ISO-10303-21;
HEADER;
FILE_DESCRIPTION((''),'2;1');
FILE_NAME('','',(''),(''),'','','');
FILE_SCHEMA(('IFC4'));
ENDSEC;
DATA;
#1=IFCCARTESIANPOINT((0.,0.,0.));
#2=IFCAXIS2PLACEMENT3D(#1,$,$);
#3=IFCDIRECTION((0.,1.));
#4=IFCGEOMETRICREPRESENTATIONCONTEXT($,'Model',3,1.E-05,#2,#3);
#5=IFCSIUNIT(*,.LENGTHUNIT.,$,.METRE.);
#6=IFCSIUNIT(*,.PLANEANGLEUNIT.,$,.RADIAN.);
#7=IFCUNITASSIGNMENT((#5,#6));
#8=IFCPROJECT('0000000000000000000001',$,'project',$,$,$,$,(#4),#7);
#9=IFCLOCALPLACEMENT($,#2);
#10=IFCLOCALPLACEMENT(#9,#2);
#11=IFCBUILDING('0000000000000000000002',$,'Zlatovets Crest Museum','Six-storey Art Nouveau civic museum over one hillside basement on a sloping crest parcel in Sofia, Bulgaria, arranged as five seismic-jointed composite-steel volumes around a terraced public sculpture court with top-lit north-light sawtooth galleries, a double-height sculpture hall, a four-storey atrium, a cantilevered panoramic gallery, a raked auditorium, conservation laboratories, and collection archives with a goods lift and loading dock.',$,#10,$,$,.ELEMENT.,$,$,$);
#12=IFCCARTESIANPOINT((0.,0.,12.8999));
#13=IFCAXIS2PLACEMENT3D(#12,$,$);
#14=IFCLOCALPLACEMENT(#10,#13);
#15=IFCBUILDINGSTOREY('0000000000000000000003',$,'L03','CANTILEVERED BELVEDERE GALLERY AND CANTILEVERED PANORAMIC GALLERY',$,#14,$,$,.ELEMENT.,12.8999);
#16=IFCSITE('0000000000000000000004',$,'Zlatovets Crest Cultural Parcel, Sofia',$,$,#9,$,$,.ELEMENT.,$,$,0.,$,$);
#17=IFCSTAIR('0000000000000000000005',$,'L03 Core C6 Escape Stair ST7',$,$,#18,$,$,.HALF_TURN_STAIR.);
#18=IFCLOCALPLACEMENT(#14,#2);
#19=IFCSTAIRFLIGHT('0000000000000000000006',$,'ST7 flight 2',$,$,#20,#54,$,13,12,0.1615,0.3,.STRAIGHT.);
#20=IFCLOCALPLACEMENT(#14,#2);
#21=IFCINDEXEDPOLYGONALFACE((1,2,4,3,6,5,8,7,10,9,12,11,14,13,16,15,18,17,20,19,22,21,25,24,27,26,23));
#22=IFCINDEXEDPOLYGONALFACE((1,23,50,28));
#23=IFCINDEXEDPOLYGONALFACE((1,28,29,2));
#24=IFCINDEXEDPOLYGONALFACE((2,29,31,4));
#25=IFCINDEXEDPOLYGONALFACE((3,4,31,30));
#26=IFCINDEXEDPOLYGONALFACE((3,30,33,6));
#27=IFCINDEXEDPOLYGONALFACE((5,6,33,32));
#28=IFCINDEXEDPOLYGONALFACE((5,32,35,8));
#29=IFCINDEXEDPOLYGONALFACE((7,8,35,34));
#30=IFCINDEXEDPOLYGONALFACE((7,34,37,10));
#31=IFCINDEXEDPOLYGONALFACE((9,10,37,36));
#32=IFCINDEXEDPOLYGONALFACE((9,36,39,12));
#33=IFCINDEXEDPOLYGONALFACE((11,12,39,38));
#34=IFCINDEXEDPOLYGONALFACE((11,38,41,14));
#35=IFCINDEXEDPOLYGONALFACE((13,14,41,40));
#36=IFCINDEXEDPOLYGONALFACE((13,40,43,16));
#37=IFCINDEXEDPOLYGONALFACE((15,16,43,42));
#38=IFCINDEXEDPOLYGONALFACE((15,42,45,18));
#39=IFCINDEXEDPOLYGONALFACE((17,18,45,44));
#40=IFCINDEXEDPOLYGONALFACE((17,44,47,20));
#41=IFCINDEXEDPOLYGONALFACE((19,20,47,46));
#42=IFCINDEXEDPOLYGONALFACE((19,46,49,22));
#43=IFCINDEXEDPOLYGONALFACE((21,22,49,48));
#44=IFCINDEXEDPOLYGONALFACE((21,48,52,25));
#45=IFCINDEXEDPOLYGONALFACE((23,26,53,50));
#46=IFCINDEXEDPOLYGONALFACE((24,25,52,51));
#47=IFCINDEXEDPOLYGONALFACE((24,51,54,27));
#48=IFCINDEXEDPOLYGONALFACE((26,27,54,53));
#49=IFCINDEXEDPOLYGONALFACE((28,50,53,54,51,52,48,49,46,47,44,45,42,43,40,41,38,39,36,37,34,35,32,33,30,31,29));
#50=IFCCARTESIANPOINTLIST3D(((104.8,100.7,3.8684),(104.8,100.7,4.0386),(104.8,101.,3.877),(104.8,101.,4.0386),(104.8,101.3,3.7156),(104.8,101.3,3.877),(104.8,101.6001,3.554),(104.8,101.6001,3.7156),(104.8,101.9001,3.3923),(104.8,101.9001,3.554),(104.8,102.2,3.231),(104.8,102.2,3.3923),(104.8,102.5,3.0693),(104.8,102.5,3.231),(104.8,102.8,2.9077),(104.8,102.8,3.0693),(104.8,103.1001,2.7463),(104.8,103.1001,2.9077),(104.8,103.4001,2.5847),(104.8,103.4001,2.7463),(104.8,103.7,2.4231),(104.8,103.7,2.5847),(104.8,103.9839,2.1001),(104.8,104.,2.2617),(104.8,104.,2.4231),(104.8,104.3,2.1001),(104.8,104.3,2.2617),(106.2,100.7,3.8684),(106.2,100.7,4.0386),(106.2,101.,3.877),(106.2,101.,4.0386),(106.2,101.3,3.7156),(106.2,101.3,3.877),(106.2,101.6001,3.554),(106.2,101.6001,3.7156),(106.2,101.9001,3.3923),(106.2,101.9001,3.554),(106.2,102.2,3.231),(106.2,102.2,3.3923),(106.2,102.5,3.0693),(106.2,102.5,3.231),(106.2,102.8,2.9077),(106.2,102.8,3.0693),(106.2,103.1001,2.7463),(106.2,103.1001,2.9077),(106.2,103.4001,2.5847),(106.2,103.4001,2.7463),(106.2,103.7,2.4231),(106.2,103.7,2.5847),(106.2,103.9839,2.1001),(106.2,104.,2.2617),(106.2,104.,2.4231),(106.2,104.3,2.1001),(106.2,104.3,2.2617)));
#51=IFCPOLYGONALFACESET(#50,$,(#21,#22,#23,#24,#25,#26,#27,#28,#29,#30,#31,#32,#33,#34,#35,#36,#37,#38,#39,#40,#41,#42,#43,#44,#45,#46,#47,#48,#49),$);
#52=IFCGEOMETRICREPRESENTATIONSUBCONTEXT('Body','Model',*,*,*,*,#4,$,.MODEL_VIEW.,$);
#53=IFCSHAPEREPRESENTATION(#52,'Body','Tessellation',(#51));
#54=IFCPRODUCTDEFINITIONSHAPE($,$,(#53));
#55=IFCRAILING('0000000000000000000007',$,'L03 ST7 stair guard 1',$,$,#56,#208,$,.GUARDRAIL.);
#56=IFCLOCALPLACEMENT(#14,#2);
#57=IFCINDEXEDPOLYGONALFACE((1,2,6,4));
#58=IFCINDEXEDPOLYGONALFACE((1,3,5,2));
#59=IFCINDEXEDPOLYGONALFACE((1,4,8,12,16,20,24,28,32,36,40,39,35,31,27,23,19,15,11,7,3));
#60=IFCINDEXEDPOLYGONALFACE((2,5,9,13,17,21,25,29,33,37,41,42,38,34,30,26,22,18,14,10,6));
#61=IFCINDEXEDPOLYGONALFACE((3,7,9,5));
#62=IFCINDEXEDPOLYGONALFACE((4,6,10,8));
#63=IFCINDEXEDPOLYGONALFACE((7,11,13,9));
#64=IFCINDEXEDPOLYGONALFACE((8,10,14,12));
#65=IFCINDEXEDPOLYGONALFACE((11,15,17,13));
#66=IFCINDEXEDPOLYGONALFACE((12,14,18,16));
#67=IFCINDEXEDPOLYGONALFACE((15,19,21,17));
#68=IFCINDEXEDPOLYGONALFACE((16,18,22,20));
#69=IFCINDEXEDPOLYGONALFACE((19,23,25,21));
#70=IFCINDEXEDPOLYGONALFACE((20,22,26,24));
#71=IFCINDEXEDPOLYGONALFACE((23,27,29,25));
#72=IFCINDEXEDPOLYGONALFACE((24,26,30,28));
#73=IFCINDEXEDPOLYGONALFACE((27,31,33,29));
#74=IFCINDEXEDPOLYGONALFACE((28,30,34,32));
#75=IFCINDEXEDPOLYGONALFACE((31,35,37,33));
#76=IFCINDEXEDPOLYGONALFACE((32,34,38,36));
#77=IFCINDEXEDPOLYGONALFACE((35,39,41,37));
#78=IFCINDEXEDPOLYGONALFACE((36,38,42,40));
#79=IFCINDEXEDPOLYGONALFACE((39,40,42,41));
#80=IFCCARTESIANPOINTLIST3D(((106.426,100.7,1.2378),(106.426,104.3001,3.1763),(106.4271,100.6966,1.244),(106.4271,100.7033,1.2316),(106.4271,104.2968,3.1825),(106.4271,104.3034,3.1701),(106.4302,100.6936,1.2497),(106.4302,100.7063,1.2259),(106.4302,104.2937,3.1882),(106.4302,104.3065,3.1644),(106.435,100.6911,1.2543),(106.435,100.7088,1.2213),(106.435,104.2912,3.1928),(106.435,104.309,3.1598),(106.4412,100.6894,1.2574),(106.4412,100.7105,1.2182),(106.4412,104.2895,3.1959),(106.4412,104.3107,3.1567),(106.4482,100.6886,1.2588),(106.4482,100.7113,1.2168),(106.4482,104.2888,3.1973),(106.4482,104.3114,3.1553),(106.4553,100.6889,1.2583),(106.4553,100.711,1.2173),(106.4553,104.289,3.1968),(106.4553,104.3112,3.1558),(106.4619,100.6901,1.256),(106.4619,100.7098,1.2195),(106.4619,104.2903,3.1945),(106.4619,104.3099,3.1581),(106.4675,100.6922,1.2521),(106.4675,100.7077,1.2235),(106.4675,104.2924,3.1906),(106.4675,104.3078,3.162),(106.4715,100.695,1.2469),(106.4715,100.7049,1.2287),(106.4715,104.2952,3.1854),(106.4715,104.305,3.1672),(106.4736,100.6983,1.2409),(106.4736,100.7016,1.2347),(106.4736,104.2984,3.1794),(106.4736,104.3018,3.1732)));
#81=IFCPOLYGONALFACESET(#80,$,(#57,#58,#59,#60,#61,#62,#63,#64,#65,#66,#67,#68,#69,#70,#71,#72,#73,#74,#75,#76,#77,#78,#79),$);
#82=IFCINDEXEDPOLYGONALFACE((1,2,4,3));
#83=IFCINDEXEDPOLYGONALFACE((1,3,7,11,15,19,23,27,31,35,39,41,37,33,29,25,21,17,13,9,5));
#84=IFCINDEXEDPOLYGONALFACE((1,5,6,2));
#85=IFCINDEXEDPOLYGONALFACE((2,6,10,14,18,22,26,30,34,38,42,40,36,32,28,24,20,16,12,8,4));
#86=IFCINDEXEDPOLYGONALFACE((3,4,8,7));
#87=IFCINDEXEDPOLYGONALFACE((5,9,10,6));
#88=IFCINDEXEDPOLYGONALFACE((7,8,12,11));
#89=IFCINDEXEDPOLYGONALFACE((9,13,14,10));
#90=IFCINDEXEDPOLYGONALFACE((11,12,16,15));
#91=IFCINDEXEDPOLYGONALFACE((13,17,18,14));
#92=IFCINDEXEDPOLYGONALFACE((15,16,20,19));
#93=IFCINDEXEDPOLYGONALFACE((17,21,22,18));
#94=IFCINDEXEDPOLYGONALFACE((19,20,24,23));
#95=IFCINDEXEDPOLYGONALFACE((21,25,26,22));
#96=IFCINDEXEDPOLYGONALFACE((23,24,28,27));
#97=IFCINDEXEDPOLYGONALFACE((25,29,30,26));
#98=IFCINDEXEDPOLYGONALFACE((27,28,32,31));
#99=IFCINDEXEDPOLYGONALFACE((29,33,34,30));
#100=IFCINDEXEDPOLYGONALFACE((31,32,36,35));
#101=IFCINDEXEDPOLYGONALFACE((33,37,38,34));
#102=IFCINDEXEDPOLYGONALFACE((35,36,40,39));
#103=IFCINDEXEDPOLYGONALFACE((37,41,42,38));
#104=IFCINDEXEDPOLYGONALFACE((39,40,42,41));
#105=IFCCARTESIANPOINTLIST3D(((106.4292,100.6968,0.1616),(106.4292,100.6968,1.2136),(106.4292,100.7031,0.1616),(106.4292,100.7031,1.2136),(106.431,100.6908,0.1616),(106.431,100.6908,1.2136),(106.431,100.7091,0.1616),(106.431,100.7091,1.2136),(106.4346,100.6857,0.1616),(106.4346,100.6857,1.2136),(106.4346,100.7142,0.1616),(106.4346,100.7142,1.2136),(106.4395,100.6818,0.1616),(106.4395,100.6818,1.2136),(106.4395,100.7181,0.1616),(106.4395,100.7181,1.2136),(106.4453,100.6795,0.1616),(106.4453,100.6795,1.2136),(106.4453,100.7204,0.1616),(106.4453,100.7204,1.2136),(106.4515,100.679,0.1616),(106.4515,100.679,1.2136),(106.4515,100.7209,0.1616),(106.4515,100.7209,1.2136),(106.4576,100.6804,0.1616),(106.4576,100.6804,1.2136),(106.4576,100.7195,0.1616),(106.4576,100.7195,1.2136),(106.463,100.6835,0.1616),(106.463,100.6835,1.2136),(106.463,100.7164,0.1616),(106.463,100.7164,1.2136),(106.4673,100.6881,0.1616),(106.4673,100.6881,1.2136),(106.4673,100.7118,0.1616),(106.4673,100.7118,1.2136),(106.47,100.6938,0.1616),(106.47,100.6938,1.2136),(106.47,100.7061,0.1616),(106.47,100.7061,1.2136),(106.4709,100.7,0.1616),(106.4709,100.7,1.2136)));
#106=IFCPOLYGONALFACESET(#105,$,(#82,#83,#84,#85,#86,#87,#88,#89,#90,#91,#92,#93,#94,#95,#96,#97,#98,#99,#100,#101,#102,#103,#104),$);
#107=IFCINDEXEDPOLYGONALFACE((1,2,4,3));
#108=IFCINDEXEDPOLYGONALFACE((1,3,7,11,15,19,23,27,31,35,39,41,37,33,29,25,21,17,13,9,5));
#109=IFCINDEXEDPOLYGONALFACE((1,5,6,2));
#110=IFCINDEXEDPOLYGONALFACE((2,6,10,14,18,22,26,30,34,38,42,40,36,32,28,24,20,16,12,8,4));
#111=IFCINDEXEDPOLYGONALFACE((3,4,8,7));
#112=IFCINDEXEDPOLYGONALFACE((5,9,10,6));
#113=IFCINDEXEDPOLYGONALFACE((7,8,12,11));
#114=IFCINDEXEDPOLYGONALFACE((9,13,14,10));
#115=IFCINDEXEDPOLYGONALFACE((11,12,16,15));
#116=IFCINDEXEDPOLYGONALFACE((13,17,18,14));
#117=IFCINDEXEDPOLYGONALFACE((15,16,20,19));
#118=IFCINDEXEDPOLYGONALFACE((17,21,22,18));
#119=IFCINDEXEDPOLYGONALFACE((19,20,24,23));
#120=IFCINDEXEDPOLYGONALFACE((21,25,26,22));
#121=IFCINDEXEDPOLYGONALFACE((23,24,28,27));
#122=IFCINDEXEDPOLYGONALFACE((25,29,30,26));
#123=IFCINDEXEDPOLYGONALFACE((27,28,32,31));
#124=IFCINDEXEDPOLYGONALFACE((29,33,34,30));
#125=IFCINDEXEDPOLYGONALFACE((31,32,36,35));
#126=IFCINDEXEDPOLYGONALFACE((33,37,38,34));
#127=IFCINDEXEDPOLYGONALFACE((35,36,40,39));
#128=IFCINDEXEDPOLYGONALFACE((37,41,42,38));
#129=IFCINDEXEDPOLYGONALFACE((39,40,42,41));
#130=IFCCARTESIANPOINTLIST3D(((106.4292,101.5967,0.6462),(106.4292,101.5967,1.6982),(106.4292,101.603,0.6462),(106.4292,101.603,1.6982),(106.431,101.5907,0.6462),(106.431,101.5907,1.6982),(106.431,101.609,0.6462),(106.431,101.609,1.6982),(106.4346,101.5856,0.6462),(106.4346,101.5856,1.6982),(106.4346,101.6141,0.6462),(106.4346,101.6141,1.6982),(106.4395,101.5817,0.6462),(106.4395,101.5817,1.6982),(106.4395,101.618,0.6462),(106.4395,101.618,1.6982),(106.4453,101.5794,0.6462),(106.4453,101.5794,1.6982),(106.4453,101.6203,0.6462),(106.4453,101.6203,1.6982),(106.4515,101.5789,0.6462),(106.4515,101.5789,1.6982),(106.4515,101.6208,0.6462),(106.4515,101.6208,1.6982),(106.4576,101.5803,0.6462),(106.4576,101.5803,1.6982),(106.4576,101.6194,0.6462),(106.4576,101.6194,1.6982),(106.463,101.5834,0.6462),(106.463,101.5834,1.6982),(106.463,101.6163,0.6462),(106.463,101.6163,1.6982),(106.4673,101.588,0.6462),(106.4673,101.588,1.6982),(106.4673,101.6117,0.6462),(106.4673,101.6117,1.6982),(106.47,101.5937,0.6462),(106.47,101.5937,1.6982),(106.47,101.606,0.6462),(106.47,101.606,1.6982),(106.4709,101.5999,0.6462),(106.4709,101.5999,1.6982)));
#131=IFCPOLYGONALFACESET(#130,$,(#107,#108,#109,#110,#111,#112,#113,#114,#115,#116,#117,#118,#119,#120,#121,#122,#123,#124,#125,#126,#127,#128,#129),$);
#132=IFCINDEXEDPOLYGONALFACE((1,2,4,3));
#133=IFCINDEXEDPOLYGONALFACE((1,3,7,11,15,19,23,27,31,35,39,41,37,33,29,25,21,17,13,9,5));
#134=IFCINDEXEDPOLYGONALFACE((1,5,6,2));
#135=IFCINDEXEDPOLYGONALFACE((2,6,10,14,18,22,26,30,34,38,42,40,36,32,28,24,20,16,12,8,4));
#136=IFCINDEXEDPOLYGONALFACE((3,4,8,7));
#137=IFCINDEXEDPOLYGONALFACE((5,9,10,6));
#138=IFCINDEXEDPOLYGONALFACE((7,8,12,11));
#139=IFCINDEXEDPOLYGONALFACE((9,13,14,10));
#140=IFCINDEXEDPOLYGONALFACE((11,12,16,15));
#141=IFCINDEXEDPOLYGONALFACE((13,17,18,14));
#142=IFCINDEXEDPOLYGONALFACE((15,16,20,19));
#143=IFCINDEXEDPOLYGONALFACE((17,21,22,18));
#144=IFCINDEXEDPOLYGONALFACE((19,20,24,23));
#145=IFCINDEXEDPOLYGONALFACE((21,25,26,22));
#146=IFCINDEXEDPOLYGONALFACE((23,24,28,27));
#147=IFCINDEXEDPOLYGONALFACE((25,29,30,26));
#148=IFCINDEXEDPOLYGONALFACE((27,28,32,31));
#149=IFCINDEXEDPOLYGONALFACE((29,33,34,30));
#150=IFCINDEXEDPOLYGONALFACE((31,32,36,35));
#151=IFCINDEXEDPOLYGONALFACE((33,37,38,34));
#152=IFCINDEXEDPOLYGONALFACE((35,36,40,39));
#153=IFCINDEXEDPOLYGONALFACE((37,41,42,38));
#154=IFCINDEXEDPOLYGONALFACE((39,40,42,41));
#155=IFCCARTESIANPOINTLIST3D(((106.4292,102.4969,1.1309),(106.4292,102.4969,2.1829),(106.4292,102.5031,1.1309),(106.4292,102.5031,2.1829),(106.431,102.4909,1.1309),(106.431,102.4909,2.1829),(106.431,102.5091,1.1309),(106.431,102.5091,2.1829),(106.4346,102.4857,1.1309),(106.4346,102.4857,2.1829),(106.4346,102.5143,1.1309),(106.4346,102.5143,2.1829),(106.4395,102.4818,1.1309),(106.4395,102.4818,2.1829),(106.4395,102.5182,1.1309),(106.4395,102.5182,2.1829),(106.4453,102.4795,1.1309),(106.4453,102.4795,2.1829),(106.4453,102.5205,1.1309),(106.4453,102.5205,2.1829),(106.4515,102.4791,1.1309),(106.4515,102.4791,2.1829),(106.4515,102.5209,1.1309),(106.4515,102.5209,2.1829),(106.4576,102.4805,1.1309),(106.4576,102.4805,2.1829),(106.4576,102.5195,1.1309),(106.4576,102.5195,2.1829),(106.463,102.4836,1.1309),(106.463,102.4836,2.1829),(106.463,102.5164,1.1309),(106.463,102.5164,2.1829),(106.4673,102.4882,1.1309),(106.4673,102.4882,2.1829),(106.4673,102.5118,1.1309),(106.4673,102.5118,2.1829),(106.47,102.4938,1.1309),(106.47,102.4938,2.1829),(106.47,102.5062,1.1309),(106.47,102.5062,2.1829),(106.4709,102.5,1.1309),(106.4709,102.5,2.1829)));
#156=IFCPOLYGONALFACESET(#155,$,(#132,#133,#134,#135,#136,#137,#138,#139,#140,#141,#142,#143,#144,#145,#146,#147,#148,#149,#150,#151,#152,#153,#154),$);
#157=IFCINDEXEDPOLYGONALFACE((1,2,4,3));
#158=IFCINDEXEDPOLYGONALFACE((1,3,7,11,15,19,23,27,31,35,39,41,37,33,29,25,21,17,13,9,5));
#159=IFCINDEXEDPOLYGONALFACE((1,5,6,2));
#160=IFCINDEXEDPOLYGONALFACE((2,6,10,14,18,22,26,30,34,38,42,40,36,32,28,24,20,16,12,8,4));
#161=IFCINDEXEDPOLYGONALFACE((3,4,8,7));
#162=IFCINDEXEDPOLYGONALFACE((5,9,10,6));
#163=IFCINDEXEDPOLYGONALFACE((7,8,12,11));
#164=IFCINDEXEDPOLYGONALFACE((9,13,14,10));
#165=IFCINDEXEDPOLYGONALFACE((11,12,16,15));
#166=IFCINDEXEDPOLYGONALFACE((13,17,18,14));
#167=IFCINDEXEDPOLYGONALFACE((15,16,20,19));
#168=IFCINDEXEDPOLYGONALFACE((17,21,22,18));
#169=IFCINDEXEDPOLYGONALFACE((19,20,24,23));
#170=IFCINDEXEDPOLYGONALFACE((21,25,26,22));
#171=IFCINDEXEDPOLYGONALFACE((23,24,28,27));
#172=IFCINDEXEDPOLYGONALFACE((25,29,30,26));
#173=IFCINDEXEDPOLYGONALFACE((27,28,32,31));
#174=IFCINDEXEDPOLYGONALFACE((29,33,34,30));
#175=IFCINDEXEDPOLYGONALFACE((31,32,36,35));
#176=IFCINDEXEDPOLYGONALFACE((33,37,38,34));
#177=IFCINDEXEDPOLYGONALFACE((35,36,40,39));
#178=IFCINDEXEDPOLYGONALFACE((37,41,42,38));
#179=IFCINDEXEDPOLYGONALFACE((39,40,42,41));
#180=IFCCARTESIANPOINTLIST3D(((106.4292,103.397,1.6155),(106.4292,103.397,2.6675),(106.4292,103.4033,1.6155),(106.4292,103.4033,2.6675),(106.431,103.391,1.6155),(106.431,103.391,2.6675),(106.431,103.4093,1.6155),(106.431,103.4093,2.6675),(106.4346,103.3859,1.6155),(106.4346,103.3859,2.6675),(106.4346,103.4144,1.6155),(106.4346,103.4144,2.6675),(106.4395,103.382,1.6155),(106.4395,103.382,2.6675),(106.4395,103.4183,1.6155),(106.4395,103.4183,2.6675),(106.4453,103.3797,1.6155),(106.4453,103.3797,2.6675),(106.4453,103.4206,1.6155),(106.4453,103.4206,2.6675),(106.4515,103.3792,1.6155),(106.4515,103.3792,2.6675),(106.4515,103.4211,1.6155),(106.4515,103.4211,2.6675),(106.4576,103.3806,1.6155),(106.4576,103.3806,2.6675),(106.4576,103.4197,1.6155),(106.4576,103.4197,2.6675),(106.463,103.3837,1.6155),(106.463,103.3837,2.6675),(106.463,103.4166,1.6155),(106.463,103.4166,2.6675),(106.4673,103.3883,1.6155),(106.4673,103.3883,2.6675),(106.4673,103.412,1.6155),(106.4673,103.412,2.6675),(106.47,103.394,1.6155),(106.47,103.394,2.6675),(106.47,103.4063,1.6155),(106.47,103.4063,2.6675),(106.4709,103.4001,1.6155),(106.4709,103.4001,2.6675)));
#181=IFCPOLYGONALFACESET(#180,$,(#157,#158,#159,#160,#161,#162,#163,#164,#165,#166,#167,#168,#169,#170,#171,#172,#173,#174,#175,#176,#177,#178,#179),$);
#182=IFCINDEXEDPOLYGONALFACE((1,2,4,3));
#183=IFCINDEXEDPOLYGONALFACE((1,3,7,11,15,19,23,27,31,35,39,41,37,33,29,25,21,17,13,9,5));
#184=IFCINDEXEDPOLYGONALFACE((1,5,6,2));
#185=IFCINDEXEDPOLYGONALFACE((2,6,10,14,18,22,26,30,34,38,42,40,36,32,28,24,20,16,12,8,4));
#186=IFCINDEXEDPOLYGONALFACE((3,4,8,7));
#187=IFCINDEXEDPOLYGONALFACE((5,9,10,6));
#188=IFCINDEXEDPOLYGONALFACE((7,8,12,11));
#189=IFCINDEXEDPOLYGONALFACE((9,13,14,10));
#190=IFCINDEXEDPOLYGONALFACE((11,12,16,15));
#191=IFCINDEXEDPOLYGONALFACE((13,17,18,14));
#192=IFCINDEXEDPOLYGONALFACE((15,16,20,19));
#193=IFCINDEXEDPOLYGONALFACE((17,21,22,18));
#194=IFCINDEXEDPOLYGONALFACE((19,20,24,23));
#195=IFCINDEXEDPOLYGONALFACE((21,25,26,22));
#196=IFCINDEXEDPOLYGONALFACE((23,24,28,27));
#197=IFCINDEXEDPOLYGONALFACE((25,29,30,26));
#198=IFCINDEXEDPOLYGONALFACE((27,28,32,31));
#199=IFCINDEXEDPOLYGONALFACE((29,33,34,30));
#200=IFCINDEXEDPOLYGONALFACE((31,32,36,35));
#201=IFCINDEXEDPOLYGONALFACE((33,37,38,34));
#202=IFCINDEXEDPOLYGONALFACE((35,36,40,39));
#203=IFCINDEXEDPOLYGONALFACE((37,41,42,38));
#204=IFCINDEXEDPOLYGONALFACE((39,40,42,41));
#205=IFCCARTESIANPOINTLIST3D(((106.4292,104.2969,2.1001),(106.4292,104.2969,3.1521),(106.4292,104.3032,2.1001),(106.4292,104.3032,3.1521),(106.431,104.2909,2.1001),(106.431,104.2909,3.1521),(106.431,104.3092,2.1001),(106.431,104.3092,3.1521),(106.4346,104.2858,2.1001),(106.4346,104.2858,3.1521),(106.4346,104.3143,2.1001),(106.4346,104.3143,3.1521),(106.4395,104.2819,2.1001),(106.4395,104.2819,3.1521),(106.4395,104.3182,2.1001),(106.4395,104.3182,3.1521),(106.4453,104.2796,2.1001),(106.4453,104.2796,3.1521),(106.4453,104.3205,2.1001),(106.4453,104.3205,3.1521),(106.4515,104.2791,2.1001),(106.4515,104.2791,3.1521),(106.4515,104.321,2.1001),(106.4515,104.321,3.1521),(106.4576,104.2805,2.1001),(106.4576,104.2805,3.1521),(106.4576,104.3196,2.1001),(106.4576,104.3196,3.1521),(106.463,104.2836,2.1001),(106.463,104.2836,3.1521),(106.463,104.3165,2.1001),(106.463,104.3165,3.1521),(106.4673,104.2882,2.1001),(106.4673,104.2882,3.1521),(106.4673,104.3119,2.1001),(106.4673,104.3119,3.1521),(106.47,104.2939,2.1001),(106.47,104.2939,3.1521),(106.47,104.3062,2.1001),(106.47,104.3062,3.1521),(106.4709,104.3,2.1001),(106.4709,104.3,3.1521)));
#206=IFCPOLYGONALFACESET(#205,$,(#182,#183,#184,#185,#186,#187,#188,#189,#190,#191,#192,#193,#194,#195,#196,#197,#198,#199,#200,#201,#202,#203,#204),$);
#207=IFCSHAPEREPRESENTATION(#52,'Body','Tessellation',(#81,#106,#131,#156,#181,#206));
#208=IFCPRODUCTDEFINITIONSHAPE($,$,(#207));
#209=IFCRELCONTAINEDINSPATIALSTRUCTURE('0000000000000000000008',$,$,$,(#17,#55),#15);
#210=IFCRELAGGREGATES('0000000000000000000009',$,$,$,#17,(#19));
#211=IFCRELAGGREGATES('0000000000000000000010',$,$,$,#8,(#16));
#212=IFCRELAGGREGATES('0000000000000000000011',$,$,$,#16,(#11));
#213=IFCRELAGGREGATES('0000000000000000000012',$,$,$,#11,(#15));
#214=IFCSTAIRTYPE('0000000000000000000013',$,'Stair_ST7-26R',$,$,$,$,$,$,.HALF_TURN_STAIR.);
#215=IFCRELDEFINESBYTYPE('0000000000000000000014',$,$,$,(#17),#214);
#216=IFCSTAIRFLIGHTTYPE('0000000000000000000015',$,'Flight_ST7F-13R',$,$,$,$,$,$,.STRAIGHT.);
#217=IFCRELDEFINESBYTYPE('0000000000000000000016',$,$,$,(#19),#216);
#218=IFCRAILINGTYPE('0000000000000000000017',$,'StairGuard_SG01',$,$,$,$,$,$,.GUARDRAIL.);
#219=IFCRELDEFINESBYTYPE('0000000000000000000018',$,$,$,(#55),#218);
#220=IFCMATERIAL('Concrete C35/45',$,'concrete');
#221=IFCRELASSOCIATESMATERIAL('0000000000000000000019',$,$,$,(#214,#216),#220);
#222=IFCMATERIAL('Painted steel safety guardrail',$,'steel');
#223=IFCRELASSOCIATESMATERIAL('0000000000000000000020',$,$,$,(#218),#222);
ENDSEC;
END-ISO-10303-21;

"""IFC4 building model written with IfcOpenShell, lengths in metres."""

from ifc_helpers import new_model, si_unit, direction, frame, origin, origin_2d, place, context, subcontext, project, spatial, polyline, circle, outline, extrude, material, type_object, element, aggregate, save


model = new_model("IFC4")

# Units and contexts
model_context = context("Model", 3, precision=1e-05, world=origin(), true_north=direction((0.0, 1.0)))
body_context = subcontext(model_context, "Body", "Model", "MODEL_VIEW")
ifc_project = project(units=[si_unit("LENGTHUNIT", "METRE"), si_unit("PLANEANGLEUNIT", "RADIAN")], contexts=[model_context])

# Site, building, storey
site_placement = place(None, origin())
site = spatial("IfcSite", under=ifc_project, at=site_placement, Name="Zlatovets Crest Cultural Parcel, Sofia", CompositionType="ELEMENT", RefElevation=0.0)
building_placement = place(site_placement, origin())
building = spatial("IfcBuilding", under=site, at=building_placement, Name="Zlatovets Crest Museum", Description="Six-storey Art Nouveau civic museum over one hillside basement on a sloping crest parcel in Sofia, Bulgaria, arranged as five seismic-jointed composite-steel volumes around a terraced public sculpture court with top-lit north-light sawtooth galleries, a double-height sculpture hall, a four-storey atrium, a cantilevered panoramic gallery, a raked auditorium, conservation laboratories, and collection archives with a goods lift and loading dock.", CompositionType="ELEMENT")
storey_placement = place(building_placement, frame((0.0, 0.0, 12.8999)))
storey = spatial("IfcBuildingStorey", under=building, at=storey_placement, Name="L03", Description="CANTILEVERED BELVEDERE GALLERY AND CANTILEVERED PANORAMIC GALLERY", CompositionType="ELEMENT", Elevation=12.8999)

# Stair, stair flight
ifc_material_1 = material(Name="Concrete C35/45", Category="concrete")
stair_type = type_object("IfcStairType", Name="Stair_ST7-26R", PredefinedType="HALF_TURN_STAIR", material=ifc_material_1)
stair_placement = place(storey_placement, origin())
stair = element("IfcStair", 1, at=stair_placement, inside=storey, type_object=stair_type, Name="L03 Core C6 Escape Stair ST7", PredefinedType="HALF_TURN_STAIR")
stair_flight_type = type_object("IfcStairFlightType", Name="Flight_ST7F-13R", PredefinedType="STRAIGHT", material=ifc_material_1)
stair_flight_1_placement = place(storey_placement, frame((105.5, 104.3, 2.1001), z_axis=(0.0, 0.0, 1.0), x_axis=(0.0, -1.0, 0.0)))
stair_flight_1 = element("IfcStairFlight", 2, at=stair_flight_1_placement, type_object=stair_flight_type, Name="ST7 flight 2", NumberOfRisers=13, NumberOfTreads=12, PredefinedType="STRAIGHT", RiserHeight=0.1615, TreadLength=0.3, context=body_context, shape_type="SweptSolid", body=[
    extrude(outline(polyline([(0.0, 0.0), (0.0, 0.1616), (0.3, 0.1616), (0.3, 0.323), (0.6001, 0.323), (0.6001, 0.4846), (0.8999, 0.4846), (0.8999, 0.6462), (1.2, 0.6462), (1.2, 0.8076), (1.5, 0.8076), (1.5, 0.9692), (1.8, 0.9692), (1.8, 1.1309), (2.1001, 1.1309), (2.1001, 1.2922), (2.3999, 1.2922), (2.3999, 1.4539), (2.7, 1.4539), (2.7, 1.6155), (3.0, 1.6155), (3.0, 1.7769), (3.3, 1.7769), (3.3, 1.9385), (3.6001, 1.9385), (3.6001, 2.1001), (3.6001, 1.7683), (0.3162, 0.0), (0.0, 0.0)])), frame((0.0, 0.7, 0.0), z_axis=(0.0, -1.0, 0.0), x_axis=(1.0, 0.0, 0.0)), (0.0, 0.0, 1.0), 1.3999),
])
aggregate(stair, [stair_flight_1])

# Railing
ifc_material_2 = material(Name="Painted steel safety guardrail", Category="steel")
railing_type_1 = type_object("IfcRailingType", Name="StairGuard_SG01", PredefinedType="GUARDRAIL", material=ifc_material_2)
railing_1_placement = place(storey_placement, frame((106.45, 100.7, 0.1616)))
element("IfcRailing", 3, at=railing_1_placement, inside=storey, type_object=railing_type_1, Name="L03 ST7 stair guard 1", PredefinedType="GUARDRAIL", context=body_context, shape_type="SweptSolid", body=[
    extrude(circle(Radius=0.0239, at=origin_2d()), frame((0.0, 0.0, 1.0762), z_axis=(0.0, 0.880475, 0.474093), x_axis=(-1.0, 0.0, 0.0)), (0.0, 0.0, 1.0), 4.0889),
    extrude(circle(Radius=0.021, at=origin_2d()), origin(), (0.0, 0.0, 1.0), 1.052),
    extrude(circle(Radius=0.021, at=origin_2d()), frame((0.0, 0.8999, 0.4846)), (0.0, 0.0, 1.0), 1.052),
    extrude(circle(Radius=0.021, at=origin_2d()), frame((0.0, 1.8, 0.9692)), (0.0, 0.0, 1.0), 1.052),
    extrude(circle(Radius=0.021, at=origin_2d()), frame((0.0, 2.7002, 1.4539)), (0.0, 0.0, 1.0), 1.052),
    extrude(circle(Radius=0.021, at=origin_2d()), frame((0.0, 3.6001, 1.9385)), (0.0, 0.0, 1.0), 1.052),
])

save(model, "model.ifc")
